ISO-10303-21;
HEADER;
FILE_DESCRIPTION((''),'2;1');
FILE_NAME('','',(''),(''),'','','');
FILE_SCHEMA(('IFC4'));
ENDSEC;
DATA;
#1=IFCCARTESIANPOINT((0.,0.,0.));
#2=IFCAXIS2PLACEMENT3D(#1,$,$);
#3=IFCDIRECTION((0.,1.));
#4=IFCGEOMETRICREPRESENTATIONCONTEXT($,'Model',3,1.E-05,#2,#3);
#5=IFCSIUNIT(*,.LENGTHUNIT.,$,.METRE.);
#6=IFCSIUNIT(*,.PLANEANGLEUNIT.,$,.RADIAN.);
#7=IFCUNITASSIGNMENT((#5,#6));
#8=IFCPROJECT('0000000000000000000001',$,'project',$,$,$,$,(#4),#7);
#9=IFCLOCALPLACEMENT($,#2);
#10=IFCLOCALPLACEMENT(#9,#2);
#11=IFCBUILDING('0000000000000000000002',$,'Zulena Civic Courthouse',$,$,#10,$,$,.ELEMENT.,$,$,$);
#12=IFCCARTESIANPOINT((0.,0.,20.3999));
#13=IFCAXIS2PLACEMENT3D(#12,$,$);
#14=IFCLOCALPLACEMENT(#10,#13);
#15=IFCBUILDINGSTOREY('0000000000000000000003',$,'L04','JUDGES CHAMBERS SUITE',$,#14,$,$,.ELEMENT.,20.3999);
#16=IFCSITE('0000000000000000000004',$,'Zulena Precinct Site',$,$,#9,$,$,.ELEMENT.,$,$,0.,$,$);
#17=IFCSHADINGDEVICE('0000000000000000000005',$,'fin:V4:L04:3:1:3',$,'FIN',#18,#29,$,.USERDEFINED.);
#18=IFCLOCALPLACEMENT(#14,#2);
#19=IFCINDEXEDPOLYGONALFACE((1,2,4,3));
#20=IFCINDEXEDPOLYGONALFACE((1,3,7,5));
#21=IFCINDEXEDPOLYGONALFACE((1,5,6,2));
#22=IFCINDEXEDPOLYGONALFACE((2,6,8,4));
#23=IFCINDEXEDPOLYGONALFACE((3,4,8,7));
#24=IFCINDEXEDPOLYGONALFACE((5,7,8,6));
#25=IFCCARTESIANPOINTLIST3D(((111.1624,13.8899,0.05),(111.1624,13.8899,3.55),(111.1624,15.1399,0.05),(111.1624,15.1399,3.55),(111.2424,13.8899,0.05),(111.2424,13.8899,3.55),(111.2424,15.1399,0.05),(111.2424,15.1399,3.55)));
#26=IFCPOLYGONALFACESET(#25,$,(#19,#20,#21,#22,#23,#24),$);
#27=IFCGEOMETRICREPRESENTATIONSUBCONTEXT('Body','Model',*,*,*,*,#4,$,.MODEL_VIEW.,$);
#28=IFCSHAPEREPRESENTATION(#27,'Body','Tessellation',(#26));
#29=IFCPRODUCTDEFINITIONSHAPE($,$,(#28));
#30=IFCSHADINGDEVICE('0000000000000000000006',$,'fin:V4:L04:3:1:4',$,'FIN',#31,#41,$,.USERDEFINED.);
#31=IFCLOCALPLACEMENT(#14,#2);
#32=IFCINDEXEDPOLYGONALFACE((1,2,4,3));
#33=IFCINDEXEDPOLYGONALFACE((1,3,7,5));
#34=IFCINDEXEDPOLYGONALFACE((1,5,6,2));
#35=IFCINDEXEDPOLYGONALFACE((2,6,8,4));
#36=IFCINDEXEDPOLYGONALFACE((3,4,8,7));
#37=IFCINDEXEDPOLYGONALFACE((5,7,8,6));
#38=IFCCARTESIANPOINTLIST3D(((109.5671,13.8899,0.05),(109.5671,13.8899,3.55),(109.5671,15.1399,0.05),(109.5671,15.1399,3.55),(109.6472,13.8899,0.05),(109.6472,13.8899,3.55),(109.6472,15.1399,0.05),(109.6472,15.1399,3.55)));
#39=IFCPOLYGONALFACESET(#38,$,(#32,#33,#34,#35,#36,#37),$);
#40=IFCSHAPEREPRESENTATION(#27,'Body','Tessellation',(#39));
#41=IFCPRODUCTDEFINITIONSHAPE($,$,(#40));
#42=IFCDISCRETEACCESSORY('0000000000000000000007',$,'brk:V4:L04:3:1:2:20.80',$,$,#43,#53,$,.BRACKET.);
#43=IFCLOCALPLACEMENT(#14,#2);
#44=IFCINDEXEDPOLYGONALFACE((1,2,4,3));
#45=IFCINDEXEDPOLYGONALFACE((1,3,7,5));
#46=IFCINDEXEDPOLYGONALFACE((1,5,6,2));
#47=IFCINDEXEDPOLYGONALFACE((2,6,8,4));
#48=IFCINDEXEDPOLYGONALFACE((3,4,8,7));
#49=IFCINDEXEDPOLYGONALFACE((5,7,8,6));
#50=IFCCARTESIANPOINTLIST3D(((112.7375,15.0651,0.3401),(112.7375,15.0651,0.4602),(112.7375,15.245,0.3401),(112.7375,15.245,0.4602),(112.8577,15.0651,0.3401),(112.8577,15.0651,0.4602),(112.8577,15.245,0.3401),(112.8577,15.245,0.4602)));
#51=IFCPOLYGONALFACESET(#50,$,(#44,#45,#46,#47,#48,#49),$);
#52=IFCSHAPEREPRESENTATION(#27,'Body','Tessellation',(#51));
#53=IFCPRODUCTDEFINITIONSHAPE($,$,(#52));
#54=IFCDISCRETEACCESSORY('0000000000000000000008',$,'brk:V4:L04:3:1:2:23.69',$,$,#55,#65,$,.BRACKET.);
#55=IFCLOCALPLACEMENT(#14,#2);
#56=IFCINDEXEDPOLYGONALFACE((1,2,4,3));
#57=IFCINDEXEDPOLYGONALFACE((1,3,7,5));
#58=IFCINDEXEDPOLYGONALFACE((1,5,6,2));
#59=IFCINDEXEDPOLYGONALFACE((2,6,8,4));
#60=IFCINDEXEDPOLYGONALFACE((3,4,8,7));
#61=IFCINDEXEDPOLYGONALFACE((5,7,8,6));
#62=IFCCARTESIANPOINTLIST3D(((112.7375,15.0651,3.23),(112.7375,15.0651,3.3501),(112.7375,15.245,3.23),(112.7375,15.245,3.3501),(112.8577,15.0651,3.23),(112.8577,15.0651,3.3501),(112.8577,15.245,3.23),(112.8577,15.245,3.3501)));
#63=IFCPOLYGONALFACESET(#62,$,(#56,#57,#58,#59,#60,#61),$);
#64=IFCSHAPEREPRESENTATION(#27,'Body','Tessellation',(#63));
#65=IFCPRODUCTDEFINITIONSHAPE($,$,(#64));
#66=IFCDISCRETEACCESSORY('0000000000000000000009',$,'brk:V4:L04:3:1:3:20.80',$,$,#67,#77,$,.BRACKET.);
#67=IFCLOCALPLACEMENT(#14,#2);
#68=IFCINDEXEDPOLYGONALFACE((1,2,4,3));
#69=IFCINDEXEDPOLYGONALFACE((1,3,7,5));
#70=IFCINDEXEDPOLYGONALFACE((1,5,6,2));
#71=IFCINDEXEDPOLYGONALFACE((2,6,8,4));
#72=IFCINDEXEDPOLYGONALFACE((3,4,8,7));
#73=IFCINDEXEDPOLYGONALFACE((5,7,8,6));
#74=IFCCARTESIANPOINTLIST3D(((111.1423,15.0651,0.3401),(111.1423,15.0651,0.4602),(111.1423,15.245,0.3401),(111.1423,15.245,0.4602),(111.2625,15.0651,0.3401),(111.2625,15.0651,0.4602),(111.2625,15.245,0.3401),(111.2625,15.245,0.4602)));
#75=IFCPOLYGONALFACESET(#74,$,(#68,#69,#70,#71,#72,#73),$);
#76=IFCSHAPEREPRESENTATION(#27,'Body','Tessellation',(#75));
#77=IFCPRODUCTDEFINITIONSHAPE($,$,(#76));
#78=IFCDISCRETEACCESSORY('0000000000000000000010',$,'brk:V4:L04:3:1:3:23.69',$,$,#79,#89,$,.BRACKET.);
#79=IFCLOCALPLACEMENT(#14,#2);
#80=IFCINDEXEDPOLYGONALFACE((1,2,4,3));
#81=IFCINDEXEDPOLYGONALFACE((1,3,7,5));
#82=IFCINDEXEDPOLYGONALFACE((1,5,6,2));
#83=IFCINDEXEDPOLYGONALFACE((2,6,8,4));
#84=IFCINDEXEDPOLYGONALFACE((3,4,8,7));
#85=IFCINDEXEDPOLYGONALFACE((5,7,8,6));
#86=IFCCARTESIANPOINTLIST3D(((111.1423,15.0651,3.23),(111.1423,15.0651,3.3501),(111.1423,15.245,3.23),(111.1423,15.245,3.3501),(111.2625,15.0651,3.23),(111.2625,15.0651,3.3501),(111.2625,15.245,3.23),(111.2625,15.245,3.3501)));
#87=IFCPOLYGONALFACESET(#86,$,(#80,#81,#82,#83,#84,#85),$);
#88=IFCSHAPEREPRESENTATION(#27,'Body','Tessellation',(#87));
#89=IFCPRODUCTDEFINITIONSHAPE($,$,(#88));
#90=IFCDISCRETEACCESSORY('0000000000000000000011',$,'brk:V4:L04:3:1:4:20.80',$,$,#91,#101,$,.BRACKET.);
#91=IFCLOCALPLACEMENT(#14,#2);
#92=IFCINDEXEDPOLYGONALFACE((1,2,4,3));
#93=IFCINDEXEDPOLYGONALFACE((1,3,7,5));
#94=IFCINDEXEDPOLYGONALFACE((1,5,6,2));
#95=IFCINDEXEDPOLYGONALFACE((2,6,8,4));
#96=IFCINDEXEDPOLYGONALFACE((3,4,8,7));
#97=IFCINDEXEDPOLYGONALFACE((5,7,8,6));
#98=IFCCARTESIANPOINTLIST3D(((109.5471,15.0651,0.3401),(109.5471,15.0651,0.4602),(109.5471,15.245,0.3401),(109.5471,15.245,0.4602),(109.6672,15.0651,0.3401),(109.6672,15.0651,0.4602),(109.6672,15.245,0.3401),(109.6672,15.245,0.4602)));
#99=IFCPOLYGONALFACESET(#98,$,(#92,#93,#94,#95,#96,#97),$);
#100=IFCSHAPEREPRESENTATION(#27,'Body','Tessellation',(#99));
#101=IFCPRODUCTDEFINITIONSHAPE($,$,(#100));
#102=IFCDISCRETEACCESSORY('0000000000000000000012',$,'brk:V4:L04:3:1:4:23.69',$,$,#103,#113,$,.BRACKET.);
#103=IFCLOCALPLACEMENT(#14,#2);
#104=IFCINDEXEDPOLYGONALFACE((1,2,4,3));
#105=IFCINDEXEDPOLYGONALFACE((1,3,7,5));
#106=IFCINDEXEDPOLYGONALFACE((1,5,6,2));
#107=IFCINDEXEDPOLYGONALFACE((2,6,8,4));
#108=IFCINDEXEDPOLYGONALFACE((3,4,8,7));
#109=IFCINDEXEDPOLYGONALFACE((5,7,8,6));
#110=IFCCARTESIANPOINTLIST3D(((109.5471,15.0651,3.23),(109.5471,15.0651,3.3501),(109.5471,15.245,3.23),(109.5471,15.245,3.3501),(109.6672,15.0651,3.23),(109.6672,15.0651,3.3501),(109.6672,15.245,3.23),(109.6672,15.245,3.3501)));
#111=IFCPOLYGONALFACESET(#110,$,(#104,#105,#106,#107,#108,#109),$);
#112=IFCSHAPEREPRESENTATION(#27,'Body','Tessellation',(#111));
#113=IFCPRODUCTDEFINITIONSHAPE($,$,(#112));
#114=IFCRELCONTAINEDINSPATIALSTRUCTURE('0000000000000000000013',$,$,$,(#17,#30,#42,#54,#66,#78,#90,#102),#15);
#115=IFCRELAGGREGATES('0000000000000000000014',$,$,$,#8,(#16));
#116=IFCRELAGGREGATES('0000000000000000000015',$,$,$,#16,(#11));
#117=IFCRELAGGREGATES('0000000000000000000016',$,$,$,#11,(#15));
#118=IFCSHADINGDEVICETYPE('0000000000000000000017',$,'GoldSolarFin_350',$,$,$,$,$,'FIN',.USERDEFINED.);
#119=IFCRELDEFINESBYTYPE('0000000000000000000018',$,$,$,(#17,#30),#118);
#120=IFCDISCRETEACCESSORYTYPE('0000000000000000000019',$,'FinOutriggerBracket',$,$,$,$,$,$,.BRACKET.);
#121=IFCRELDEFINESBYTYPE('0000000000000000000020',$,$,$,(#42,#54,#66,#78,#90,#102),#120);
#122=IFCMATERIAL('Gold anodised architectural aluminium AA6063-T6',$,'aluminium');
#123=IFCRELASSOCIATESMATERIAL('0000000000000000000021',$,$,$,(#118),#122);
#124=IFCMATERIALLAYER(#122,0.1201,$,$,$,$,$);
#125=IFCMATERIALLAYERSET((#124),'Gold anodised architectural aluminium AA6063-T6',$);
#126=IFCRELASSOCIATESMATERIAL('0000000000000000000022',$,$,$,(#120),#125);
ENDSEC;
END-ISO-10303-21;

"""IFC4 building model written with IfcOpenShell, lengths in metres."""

from ifc_helpers import new_model, si_unit, direction, frame, origin, origin_2d, place, context, subcontext, project, spatial, rectangle, extrude, material, layer, layer_set, type_object, element, save


model = new_model("IFC4")

# Units and contexts
model_context = context("Model", 3, precision=1e-05, world=origin(), true_north=direction((0.0, 1.0)))
body_context = subcontext(model_context, "Body", "Model", "MODEL_VIEW")
ifc_project = project(units=[si_unit("LENGTHUNIT", "METRE"), si_unit("PLANEANGLEUNIT", "RADIAN")], contexts=[model_context])

# Site, building, storey
site_placement = place(None, origin())
site = spatial("IfcSite", under=ifc_project, at=site_placement, Name="Zulena Precinct Site", CompositionType="ELEMENT", RefElevation=0.0)
building_placement = place(site_placement, origin())
building = spatial("IfcBuilding", under=site, at=building_placement, Name="Zulena Civic Courthouse", CompositionType="ELEMENT")
storey_placement = place(building_placement, frame((0.0, 0.0, 20.3999)))
storey = spatial("IfcBuildingStorey", under=building, at=storey_placement, Name="L04", Description="JUDGES CHAMBERS SUITE", CompositionType="ELEMENT", Elevation=20.3999)

# Shading devices
ifc_material_1 = material(Name="Gold anodised architectural aluminium AA6063-T6", Category="aluminium")
shading_device_type = type_object("IfcShadingDeviceType", Name="GoldSolarFin_350", ElementType="FIN", PredefinedType="USERDEFINED", material=ifc_material_1)
for number, where, z_axis, x_axis, name in (
    (1, (111.2024, 14.5149, 0.05), (0.0, 0.0, 1.0), (0.0, -1.0, 0.0), "fin:V4:L04:3:1:3"),
    (2, (109.6072, 14.5149, 0.05), (0.0, 0.0, 1.0), (0.0, -1.0, 0.0), "fin:V4:L04:3:1:4"),
):
    element("IfcShadingDevice", number, at=place(storey_placement, frame(where, z_axis=z_axis, x_axis=x_axis)), inside=storey, type_object=shading_device_type, Name=name, ObjectType="FIN", PredefinedType="USERDEFINED", context=body_context, shape_type="SweptSolid", body=[
        extrude(rectangle(XDim=1.25, YDim=0.0801, at=origin_2d()), origin(), (0.0, 0.0, 1.0), 3.5),
    ])

# Discrete accessories
ifc_layer_1 = layer(ifc_material_1, 0.1201)
ifc_layer_set_1 = layer_set([ifc_layer_1], Name="Gold anodised architectural aluminium AA6063-T6")
discrete_accessory_type = type_object("IfcDiscreteAccessoryType", Name="FinOutriggerBracket", PredefinedType="BRACKET", material=ifc_layer_set_1)
for number, where, z_axis, x_axis, name in (
    (3, (112.7976, 15.155, 0.3401), (0.0, 0.0, 1.0), (0.0, -1.0, 0.0), "brk:V4:L04:3:1:2:20.80"),
    (4, (112.7976, 15.155, 3.23), (0.0, 0.0, 1.0), (0.0, -1.0, 0.0), "brk:V4:L04:3:1:2:23.69"),
    (5, (111.2024, 15.155, 0.3401), (0.0, 0.0, 1.0), (0.0, -1.0, 0.0), "brk:V4:L04:3:1:3:20.80"),
    (6, (111.2024, 15.155, 3.23), (0.0, 0.0, 1.0), (0.0, -1.0, 0.0), "brk:V4:L04:3:1:3:23.69"),
    (7, (109.6072, 15.155, 0.3401), (0.0, 0.0, 1.0), (0.0, -1.0, 0.0), "brk:V4:L04:3:1:4:20.80"),
    (8, (109.6072, 15.155, 3.23), (0.0, 0.0, 1.0), (0.0, -1.0, 0.0), "brk:V4:L04:3:1:4:23.69"),
):
    element("IfcDiscreteAccessory", number, at=place(storey_placement, frame(where, z_axis=z_axis, x_axis=x_axis)), inside=storey, type_object=discrete_accessory_type, Name=name, PredefinedType="BRACKET", context=body_context, shape_type="SweptSolid", body=[
        extrude(rectangle(XDim=0.1799, YDim=0.1201, at=origin_2d()), origin(), (0.0, 0.0, 1.0), 0.1201),
    ])

save(model, "model.ifc")
